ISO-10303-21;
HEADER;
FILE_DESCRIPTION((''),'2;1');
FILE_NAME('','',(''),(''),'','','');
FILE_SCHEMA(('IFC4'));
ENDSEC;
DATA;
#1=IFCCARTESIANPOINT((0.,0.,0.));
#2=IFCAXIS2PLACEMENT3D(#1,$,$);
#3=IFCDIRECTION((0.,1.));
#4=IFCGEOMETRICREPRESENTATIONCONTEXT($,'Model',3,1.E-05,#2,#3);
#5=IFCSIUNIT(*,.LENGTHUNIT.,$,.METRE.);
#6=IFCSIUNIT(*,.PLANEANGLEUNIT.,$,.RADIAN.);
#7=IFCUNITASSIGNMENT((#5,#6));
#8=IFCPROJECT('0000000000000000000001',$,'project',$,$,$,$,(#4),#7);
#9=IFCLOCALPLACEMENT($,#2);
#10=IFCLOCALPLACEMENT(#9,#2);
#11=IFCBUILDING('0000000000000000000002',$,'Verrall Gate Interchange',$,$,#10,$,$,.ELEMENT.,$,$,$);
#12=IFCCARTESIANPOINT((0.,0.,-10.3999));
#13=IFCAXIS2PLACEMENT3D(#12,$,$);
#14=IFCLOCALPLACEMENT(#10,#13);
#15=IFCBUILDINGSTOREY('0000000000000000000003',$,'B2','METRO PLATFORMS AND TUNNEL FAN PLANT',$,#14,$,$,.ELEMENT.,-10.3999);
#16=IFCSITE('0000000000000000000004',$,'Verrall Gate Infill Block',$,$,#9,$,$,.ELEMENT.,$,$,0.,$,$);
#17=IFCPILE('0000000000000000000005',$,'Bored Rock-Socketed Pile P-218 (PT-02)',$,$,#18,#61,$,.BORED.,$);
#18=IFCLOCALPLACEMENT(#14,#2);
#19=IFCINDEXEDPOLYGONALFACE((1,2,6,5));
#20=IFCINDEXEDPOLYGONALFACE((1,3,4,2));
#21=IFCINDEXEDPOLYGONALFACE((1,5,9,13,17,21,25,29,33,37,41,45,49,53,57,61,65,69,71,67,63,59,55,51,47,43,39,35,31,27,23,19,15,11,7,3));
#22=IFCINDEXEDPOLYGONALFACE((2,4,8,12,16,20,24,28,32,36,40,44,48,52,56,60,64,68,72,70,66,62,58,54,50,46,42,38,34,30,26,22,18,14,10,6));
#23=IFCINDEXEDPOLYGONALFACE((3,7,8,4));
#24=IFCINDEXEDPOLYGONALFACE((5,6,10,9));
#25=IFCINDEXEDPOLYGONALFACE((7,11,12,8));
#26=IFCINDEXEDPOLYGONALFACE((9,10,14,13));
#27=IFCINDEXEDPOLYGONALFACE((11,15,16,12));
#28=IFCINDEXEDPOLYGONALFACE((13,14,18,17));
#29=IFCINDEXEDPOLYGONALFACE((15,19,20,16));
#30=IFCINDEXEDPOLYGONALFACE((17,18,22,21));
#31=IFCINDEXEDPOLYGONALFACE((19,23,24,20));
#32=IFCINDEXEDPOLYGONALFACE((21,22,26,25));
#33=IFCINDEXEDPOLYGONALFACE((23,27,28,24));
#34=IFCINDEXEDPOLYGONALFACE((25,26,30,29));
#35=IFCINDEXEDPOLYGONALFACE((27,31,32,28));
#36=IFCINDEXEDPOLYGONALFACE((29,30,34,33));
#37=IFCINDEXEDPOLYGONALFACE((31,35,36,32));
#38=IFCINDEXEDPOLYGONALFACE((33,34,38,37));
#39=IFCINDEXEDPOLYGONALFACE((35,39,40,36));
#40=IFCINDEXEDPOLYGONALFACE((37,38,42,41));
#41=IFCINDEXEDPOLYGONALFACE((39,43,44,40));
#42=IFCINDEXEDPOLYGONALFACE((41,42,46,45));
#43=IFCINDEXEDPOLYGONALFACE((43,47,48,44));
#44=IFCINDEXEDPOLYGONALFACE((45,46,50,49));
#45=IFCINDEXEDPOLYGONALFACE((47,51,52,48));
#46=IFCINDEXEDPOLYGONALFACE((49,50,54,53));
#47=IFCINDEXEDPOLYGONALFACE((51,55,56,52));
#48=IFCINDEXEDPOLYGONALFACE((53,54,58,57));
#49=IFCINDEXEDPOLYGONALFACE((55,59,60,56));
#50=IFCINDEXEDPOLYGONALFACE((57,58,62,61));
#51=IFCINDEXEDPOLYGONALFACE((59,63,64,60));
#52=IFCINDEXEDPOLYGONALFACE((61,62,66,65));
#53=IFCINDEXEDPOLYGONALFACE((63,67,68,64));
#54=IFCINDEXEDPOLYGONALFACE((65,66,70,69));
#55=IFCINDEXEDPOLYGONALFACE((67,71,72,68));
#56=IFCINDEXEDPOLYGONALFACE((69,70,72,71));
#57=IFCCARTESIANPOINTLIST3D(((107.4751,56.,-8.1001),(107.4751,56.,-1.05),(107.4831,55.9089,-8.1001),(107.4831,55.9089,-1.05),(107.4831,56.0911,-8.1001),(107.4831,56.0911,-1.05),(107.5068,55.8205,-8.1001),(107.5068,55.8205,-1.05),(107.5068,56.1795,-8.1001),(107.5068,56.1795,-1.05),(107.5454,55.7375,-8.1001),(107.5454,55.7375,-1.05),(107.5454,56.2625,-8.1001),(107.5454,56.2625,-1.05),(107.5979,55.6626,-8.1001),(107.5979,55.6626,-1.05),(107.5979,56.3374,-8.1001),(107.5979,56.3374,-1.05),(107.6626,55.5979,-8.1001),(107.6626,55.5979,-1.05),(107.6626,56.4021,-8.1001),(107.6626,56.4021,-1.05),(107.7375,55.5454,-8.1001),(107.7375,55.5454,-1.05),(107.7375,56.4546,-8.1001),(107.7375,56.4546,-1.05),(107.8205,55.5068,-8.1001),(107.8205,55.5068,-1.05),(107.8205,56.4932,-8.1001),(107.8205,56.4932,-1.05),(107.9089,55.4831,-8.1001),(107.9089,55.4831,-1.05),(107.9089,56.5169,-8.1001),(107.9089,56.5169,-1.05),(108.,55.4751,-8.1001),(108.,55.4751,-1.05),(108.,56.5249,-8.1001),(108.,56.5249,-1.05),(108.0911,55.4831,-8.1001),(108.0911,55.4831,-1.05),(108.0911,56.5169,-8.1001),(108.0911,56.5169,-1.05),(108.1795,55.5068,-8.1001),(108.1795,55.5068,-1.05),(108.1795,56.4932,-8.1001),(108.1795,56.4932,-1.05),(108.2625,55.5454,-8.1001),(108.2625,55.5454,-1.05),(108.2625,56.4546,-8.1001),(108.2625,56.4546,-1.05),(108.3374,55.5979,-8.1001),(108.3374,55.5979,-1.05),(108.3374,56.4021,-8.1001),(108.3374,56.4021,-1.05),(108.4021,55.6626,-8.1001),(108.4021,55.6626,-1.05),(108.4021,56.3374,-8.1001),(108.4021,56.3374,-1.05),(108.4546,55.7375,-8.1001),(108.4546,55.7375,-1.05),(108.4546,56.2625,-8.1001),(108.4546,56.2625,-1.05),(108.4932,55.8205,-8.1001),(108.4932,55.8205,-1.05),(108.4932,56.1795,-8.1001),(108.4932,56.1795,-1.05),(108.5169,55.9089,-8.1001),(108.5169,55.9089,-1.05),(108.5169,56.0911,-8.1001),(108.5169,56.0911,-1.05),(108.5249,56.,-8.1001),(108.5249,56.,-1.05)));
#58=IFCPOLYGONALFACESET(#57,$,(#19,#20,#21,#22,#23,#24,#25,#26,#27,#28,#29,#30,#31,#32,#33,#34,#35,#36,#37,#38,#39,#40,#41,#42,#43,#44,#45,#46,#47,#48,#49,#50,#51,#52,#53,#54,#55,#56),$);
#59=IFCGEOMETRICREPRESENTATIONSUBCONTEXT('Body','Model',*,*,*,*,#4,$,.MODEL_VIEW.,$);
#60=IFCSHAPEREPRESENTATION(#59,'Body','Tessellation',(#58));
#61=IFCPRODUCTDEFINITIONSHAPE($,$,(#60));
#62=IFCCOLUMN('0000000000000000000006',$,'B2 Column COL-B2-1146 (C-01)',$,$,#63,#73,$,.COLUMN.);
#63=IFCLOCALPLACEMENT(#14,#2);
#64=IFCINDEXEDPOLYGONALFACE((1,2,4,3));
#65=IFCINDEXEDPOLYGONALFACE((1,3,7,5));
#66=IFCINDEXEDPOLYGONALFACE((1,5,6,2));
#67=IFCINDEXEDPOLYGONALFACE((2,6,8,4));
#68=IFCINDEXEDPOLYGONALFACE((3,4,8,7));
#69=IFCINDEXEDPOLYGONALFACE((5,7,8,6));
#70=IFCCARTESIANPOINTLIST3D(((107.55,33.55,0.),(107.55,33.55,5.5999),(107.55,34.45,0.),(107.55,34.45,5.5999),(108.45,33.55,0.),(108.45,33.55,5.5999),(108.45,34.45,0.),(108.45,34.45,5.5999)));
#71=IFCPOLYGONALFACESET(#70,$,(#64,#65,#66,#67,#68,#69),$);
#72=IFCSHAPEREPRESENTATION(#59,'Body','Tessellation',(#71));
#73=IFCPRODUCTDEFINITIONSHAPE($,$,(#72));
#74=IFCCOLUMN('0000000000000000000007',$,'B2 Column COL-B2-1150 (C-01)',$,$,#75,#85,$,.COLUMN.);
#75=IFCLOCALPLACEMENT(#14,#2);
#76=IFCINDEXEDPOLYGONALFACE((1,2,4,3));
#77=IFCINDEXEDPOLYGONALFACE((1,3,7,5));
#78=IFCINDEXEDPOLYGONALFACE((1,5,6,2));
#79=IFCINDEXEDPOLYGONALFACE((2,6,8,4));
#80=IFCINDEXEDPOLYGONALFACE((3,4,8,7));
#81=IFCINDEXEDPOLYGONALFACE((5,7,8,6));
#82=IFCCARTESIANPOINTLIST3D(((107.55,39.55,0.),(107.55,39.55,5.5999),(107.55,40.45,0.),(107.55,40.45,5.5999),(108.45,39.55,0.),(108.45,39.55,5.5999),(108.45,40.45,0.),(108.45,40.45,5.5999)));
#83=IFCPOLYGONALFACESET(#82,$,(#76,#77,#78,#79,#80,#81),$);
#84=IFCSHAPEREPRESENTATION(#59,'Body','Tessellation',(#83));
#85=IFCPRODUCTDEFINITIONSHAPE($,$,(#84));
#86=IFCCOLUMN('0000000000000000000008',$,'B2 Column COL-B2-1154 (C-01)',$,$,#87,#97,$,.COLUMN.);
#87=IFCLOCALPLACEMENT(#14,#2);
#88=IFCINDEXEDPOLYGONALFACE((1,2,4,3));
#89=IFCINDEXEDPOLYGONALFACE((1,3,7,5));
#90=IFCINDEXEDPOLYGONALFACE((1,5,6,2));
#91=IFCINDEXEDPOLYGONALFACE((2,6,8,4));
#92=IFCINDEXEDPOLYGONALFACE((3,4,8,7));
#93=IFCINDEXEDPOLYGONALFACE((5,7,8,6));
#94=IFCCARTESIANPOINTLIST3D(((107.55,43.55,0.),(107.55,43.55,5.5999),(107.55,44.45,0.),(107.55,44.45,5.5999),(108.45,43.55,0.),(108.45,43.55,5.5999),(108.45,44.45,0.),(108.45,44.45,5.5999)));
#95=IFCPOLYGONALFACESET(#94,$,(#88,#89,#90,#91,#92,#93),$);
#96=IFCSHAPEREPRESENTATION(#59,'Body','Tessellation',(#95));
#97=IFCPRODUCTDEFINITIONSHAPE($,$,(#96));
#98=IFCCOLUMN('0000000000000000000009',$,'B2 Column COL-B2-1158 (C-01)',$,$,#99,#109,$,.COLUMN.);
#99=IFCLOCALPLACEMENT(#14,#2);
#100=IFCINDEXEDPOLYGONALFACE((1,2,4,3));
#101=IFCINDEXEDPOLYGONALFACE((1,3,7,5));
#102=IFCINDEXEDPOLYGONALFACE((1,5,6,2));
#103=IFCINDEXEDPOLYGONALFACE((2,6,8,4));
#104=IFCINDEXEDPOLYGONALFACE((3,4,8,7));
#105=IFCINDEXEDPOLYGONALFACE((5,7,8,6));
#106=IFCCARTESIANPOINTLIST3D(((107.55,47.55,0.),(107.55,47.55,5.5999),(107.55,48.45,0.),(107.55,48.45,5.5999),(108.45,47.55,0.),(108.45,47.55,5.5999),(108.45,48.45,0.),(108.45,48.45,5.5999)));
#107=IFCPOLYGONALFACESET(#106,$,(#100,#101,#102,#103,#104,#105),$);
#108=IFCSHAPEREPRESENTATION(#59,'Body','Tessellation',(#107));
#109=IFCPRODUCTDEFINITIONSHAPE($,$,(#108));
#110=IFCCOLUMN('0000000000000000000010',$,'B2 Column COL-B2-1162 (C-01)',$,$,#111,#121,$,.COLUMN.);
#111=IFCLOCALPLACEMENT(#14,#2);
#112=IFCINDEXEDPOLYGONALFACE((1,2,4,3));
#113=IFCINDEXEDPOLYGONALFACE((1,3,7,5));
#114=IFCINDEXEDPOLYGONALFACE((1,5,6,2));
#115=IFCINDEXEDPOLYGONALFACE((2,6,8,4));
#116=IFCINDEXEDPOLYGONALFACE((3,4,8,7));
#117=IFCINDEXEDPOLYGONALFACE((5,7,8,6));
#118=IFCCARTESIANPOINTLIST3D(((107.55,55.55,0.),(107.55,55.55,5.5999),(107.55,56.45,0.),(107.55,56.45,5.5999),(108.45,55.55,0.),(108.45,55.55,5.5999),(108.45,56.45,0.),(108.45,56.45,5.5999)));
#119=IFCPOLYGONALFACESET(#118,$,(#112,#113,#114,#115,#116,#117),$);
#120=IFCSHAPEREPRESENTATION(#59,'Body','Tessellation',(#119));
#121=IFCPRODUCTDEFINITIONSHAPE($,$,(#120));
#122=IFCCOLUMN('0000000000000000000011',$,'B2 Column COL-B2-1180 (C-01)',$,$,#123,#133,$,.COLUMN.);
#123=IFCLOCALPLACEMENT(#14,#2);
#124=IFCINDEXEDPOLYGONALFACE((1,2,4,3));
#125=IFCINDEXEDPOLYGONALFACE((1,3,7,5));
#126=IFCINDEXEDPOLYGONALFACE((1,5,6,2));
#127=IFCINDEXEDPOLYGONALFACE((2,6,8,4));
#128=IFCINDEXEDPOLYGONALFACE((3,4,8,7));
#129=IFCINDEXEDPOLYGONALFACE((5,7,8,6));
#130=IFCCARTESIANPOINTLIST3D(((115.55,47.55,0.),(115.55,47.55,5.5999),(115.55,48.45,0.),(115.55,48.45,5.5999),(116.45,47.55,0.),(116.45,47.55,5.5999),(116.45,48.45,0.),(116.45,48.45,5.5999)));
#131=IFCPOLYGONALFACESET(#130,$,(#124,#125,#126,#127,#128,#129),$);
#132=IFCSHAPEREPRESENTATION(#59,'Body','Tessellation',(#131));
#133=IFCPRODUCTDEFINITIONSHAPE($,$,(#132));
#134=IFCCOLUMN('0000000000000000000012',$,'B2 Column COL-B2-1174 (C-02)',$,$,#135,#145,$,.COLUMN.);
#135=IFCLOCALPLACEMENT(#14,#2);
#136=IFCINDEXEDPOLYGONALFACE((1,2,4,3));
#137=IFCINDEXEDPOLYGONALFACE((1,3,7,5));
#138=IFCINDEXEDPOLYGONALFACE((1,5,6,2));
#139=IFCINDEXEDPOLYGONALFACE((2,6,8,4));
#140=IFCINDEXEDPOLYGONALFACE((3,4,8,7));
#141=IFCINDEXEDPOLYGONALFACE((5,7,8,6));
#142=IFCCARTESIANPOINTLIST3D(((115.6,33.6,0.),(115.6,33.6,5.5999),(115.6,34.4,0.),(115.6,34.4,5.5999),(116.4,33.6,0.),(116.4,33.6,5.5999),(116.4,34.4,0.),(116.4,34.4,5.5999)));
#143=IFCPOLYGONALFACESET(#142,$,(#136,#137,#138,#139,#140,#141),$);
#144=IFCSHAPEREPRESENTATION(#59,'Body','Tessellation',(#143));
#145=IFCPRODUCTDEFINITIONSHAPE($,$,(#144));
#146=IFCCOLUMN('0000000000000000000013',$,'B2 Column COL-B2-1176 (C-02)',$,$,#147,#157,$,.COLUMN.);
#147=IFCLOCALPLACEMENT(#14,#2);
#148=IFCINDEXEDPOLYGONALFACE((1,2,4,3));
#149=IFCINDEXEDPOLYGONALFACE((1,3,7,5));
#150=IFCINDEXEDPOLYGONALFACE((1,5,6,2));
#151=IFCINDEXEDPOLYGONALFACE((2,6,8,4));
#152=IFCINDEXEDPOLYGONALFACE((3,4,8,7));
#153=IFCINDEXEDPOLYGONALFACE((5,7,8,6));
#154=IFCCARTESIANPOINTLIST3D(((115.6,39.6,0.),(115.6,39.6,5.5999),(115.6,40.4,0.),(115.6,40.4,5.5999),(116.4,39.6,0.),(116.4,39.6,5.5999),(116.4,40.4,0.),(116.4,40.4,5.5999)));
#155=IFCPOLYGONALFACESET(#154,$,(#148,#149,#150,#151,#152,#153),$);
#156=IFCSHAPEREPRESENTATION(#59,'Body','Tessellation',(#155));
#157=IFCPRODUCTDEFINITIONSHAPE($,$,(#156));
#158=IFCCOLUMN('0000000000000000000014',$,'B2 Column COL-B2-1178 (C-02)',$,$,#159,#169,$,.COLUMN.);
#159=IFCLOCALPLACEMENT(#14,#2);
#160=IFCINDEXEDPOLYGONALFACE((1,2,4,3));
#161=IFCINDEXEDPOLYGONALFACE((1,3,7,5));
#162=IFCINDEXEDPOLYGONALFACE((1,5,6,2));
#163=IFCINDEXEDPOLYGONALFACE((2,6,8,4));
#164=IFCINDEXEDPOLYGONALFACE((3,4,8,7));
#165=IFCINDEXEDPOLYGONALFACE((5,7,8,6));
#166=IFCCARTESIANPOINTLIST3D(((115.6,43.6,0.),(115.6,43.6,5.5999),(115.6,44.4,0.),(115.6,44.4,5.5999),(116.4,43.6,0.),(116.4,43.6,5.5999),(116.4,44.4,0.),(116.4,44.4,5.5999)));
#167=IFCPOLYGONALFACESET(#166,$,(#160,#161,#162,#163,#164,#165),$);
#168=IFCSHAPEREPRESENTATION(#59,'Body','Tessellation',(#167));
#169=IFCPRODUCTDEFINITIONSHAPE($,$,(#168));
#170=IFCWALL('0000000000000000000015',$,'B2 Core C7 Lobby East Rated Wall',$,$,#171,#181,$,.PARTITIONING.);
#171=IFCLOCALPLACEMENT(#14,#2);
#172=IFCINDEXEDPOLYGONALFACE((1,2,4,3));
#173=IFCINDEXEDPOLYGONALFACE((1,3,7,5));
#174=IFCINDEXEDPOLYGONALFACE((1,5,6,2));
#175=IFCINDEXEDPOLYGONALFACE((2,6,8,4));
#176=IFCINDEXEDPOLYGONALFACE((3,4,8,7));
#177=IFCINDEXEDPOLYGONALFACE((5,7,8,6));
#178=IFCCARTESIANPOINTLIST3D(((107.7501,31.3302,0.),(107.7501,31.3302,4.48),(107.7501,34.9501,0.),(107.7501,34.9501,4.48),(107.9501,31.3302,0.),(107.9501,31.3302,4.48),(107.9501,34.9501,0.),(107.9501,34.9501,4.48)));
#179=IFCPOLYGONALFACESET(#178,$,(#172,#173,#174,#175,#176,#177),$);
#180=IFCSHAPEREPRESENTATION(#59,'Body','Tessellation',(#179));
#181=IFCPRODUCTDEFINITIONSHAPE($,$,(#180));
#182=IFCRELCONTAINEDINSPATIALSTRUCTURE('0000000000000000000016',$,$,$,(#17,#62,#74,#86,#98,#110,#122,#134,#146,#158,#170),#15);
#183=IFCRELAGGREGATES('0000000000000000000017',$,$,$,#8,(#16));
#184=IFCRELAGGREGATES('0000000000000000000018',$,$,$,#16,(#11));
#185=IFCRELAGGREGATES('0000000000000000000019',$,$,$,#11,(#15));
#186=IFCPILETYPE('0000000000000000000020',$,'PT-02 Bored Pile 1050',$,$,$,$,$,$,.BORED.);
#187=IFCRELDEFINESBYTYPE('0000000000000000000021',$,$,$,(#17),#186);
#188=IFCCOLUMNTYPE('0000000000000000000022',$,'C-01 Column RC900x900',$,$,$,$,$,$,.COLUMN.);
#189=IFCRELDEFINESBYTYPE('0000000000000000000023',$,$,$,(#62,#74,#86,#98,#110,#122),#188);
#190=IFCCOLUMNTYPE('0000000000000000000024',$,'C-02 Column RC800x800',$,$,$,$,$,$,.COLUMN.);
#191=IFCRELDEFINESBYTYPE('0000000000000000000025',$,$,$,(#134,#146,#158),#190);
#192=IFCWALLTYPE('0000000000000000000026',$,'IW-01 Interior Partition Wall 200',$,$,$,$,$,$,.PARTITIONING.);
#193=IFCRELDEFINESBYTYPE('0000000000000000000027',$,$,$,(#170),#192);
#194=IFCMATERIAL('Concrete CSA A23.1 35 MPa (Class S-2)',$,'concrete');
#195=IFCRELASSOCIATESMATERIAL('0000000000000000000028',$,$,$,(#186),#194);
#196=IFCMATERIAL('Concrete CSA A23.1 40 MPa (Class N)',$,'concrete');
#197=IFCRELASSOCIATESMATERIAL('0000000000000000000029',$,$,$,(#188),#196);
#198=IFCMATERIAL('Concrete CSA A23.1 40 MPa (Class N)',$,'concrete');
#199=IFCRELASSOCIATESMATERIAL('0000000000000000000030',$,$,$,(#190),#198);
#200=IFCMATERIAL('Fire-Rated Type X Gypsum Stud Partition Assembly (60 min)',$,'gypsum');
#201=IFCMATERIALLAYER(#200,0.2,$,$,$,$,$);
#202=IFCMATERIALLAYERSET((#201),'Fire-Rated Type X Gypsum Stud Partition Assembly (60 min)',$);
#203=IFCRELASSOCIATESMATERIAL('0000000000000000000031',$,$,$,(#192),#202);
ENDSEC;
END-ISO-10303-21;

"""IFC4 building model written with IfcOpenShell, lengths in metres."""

from ifc_helpers import new_model, si_unit, direction, frame, frame_2d, origin, origin_2d, place, context, subcontext, project, spatial, rectangle, circle, extrude, material, layer, layer_set, material_profile, profile_set, type_object, element, save


model = new_model("IFC4")

# Units and contexts
model_context = context("Model", 3, precision=1e-05, world=origin(), true_north=direction((0.0, 1.0)))
body_context = subcontext(model_context, "Body", "Model", "MODEL_VIEW")
ifc_project = project(units=[si_unit("LENGTHUNIT", "METRE"), si_unit("PLANEANGLEUNIT", "RADIAN")], contexts=[model_context])

# Site, building, storey
site_placement = place(None, origin())
site = spatial("IfcSite", under=ifc_project, at=site_placement, Name="Verrall Gate Infill Block", CompositionType="ELEMENT", RefElevation=0.0)
building_placement = place(site_placement, origin())
building = spatial("IfcBuilding", under=site, at=building_placement, Name="Verrall Gate Interchange", CompositionType="ELEMENT")
storey_placement = place(building_placement, frame((0.0, 0.0, -10.3999)))
storey = spatial("IfcBuildingStorey", under=building, at=storey_placement, Name="B2", Description="METRO PLATFORMS AND TUNNEL FAN PLANT", CompositionType="ELEMENT", Elevation=-10.3999)

# Pile
ifc_material_1 = material(Name="Concrete CSA A23.1 35 MPa (Class S-2)", Category="concrete")
ifc_material_profile_1 = material_profile(ifc_material_1, circle(Radius=0.5249, at=origin_2d()), Name="PILE1050D")
ifc_profile_set_1 = profile_set([ifc_material_profile_1], Name="Concrete CSA A23.1 35 MPa (Class S-2)")
pile_type_1 = type_object("IfcPileType", Name="PT-02 Bored Pile 1050", PredefinedType="BORED", material=ifc_profile_set_1)
for number, where, z_axis, x_axis, name in (
    (1, (108.0, 56.0, -1.05), (0.0, 0.0, -1.0), (1.0, 0.0, 0.0), "Bored Rock-Socketed Pile P-218 (PT-02)"),
):
    element("IfcPile", number, at=place(storey_placement, frame(where, z_axis=z_axis, x_axis=x_axis)), inside=storey, type_object=pile_type_1, Name=name, PredefinedType="BORED", context=body_context, shape_type="SweptSolid", body=[
        extrude(circle(Radius=0.5249, at=origin_2d()), origin(), (0.0, 0.0, 1.0), 7.05),
    ])

# Columns
ifc_material_2 = material(Name="Concrete CSA A23.1 40 MPa (Class N)", Category="concrete")
ifc_material_profile_2 = material_profile(ifc_material_2, rectangle(XDim=0.8999, YDim=0.8999, at=origin_2d()), Name="RC900x900")
ifc_profile_set_2 = profile_set([ifc_material_profile_2], Name="Concrete CSA A23.1 40 MPa (Class N)")
column_type_1 = type_object("IfcColumnType", Name="C-01 Column RC900x900", PredefinedType="COLUMN", material=ifc_profile_set_2)
for number, where, z_axis, x_axis, name in (
    (2, (108.0, 34.0, 0.0), (0.0, 0.0, 1.0), (1.0, 0.0, 0.0), "B2 Column COL-B2-1146 (C-01)"),
    (3, (108.0, 40.0, 0.0), (0.0, 0.0, 1.0), (1.0, 0.0, 0.0), "B2 Column COL-B2-1150 (C-01)"),
    (4, (108.0, 44.0, 0.0), (0.0, 0.0, 1.0), (1.0, 0.0, 0.0), "B2 Column COL-B2-1154 (C-01)"),
    (5, (108.0, 48.0, 0.0), (0.0, 0.0, 1.0), (1.0, 0.0, 0.0), "B2 Column COL-B2-1158 (C-01)"),
    (6, (108.0, 56.0, 0.0), (0.0, 0.0, 1.0), (1.0, 0.0, 0.0), "B2 Column COL-B2-1162 (C-01)"),
    (7, (116.0, 48.0, 0.0), (0.0, 0.0, 1.0), (1.0, 0.0, 0.0), "B2 Column COL-B2-1180 (C-01)"),
):
    element("IfcColumn", number, at=place(storey_placement, frame(where, z_axis=z_axis, x_axis=x_axis)), inside=storey, type_object=column_type_1, Name=name, PredefinedType="COLUMN", context=body_context, shape_type="SweptSolid", body=[
        extrude(rectangle(XDim=0.8999, YDim=0.8999, at=origin_2d()), origin(), (0.0, 0.0, 1.0), 5.5999),
    ])
ifc_material_3 = material(Name="Concrete CSA A23.1 40 MPa (Class N)", Category="concrete")
ifc_material_profile_3 = material_profile(ifc_material_3, rectangle(XDim=0.8, YDim=0.8, at=origin_2d()), Name="RC800x800")
ifc_profile_set_3 = profile_set([ifc_material_profile_3], Name="Concrete CSA A23.1 40 MPa (Class N)")
column_type_2 = type_object("IfcColumnType", Name="C-02 Column RC800x800", PredefinedType="COLUMN", material=ifc_profile_set_3)
for number, where, z_axis, x_axis, name in (
    (8, (116.0, 34.0, 0.0), (0.0, 0.0, 1.0), (1.0, 0.0, 0.0), "B2 Column COL-B2-1174 (C-02)"),
    (9, (116.0, 40.0, 0.0), (0.0, 0.0, 1.0), (1.0, 0.0, 0.0), "B2 Column COL-B2-1176 (C-02)"),
    (10, (116.0, 44.0, 0.0), (0.0, 0.0, 1.0), (1.0, 0.0, 0.0), "B2 Column COL-B2-1178 (C-02)"),
):
    element("IfcColumn", number, at=place(storey_placement, frame(where, z_axis=z_axis, x_axis=x_axis)), inside=storey, type_object=column_type_2, Name=name, PredefinedType="COLUMN", context=body_context, shape_type="SweptSolid", body=[
        extrude(rectangle(XDim=0.8, YDim=0.8, at=origin_2d()), origin(), (0.0, 0.0, 1.0), 5.5999),
    ])

# Shared definitions
ifc_material_4 = material(Name="Fire-Rated Type X Gypsum Stud Partition Assembly (60 min)", Category="gypsum")
ifc_layer_1 = layer(ifc_material_4, 0.2)
ifc_layer_set_1 = layer_set([ifc_layer_1], Name="Fire-Rated Type X Gypsum Stud Partition Assembly (60 min)")
wall_type_1 = type_object("IfcWallType", Name="IW-01 Interior Partition Wall 200", PredefinedType="PARTITIONING", material=ifc_layer_set_1)

# Wall
wall_1_placement = place(storey_placement, frame((107.8501, 31.3301, 0.0), z_axis=(0.0, 0.0, 1.0), x_axis=(0.0, 1.0, 0.0)))
element("IfcWall", 11, at=wall_1_placement, inside=storey, type_object=wall_type_1, Name="B2 Core C7 Lobby East Rated Wall", PredefinedType="PARTITIONING", context=body_context, shape_type="SweptSolid", body=[
    extrude(rectangle(XDim=3.6199, YDim=0.2, at=frame_2d((1.8101, 0.0))), origin(), (0.0, 0.0, 1.0), 4.48),
])

save(model, "model.ifc")
